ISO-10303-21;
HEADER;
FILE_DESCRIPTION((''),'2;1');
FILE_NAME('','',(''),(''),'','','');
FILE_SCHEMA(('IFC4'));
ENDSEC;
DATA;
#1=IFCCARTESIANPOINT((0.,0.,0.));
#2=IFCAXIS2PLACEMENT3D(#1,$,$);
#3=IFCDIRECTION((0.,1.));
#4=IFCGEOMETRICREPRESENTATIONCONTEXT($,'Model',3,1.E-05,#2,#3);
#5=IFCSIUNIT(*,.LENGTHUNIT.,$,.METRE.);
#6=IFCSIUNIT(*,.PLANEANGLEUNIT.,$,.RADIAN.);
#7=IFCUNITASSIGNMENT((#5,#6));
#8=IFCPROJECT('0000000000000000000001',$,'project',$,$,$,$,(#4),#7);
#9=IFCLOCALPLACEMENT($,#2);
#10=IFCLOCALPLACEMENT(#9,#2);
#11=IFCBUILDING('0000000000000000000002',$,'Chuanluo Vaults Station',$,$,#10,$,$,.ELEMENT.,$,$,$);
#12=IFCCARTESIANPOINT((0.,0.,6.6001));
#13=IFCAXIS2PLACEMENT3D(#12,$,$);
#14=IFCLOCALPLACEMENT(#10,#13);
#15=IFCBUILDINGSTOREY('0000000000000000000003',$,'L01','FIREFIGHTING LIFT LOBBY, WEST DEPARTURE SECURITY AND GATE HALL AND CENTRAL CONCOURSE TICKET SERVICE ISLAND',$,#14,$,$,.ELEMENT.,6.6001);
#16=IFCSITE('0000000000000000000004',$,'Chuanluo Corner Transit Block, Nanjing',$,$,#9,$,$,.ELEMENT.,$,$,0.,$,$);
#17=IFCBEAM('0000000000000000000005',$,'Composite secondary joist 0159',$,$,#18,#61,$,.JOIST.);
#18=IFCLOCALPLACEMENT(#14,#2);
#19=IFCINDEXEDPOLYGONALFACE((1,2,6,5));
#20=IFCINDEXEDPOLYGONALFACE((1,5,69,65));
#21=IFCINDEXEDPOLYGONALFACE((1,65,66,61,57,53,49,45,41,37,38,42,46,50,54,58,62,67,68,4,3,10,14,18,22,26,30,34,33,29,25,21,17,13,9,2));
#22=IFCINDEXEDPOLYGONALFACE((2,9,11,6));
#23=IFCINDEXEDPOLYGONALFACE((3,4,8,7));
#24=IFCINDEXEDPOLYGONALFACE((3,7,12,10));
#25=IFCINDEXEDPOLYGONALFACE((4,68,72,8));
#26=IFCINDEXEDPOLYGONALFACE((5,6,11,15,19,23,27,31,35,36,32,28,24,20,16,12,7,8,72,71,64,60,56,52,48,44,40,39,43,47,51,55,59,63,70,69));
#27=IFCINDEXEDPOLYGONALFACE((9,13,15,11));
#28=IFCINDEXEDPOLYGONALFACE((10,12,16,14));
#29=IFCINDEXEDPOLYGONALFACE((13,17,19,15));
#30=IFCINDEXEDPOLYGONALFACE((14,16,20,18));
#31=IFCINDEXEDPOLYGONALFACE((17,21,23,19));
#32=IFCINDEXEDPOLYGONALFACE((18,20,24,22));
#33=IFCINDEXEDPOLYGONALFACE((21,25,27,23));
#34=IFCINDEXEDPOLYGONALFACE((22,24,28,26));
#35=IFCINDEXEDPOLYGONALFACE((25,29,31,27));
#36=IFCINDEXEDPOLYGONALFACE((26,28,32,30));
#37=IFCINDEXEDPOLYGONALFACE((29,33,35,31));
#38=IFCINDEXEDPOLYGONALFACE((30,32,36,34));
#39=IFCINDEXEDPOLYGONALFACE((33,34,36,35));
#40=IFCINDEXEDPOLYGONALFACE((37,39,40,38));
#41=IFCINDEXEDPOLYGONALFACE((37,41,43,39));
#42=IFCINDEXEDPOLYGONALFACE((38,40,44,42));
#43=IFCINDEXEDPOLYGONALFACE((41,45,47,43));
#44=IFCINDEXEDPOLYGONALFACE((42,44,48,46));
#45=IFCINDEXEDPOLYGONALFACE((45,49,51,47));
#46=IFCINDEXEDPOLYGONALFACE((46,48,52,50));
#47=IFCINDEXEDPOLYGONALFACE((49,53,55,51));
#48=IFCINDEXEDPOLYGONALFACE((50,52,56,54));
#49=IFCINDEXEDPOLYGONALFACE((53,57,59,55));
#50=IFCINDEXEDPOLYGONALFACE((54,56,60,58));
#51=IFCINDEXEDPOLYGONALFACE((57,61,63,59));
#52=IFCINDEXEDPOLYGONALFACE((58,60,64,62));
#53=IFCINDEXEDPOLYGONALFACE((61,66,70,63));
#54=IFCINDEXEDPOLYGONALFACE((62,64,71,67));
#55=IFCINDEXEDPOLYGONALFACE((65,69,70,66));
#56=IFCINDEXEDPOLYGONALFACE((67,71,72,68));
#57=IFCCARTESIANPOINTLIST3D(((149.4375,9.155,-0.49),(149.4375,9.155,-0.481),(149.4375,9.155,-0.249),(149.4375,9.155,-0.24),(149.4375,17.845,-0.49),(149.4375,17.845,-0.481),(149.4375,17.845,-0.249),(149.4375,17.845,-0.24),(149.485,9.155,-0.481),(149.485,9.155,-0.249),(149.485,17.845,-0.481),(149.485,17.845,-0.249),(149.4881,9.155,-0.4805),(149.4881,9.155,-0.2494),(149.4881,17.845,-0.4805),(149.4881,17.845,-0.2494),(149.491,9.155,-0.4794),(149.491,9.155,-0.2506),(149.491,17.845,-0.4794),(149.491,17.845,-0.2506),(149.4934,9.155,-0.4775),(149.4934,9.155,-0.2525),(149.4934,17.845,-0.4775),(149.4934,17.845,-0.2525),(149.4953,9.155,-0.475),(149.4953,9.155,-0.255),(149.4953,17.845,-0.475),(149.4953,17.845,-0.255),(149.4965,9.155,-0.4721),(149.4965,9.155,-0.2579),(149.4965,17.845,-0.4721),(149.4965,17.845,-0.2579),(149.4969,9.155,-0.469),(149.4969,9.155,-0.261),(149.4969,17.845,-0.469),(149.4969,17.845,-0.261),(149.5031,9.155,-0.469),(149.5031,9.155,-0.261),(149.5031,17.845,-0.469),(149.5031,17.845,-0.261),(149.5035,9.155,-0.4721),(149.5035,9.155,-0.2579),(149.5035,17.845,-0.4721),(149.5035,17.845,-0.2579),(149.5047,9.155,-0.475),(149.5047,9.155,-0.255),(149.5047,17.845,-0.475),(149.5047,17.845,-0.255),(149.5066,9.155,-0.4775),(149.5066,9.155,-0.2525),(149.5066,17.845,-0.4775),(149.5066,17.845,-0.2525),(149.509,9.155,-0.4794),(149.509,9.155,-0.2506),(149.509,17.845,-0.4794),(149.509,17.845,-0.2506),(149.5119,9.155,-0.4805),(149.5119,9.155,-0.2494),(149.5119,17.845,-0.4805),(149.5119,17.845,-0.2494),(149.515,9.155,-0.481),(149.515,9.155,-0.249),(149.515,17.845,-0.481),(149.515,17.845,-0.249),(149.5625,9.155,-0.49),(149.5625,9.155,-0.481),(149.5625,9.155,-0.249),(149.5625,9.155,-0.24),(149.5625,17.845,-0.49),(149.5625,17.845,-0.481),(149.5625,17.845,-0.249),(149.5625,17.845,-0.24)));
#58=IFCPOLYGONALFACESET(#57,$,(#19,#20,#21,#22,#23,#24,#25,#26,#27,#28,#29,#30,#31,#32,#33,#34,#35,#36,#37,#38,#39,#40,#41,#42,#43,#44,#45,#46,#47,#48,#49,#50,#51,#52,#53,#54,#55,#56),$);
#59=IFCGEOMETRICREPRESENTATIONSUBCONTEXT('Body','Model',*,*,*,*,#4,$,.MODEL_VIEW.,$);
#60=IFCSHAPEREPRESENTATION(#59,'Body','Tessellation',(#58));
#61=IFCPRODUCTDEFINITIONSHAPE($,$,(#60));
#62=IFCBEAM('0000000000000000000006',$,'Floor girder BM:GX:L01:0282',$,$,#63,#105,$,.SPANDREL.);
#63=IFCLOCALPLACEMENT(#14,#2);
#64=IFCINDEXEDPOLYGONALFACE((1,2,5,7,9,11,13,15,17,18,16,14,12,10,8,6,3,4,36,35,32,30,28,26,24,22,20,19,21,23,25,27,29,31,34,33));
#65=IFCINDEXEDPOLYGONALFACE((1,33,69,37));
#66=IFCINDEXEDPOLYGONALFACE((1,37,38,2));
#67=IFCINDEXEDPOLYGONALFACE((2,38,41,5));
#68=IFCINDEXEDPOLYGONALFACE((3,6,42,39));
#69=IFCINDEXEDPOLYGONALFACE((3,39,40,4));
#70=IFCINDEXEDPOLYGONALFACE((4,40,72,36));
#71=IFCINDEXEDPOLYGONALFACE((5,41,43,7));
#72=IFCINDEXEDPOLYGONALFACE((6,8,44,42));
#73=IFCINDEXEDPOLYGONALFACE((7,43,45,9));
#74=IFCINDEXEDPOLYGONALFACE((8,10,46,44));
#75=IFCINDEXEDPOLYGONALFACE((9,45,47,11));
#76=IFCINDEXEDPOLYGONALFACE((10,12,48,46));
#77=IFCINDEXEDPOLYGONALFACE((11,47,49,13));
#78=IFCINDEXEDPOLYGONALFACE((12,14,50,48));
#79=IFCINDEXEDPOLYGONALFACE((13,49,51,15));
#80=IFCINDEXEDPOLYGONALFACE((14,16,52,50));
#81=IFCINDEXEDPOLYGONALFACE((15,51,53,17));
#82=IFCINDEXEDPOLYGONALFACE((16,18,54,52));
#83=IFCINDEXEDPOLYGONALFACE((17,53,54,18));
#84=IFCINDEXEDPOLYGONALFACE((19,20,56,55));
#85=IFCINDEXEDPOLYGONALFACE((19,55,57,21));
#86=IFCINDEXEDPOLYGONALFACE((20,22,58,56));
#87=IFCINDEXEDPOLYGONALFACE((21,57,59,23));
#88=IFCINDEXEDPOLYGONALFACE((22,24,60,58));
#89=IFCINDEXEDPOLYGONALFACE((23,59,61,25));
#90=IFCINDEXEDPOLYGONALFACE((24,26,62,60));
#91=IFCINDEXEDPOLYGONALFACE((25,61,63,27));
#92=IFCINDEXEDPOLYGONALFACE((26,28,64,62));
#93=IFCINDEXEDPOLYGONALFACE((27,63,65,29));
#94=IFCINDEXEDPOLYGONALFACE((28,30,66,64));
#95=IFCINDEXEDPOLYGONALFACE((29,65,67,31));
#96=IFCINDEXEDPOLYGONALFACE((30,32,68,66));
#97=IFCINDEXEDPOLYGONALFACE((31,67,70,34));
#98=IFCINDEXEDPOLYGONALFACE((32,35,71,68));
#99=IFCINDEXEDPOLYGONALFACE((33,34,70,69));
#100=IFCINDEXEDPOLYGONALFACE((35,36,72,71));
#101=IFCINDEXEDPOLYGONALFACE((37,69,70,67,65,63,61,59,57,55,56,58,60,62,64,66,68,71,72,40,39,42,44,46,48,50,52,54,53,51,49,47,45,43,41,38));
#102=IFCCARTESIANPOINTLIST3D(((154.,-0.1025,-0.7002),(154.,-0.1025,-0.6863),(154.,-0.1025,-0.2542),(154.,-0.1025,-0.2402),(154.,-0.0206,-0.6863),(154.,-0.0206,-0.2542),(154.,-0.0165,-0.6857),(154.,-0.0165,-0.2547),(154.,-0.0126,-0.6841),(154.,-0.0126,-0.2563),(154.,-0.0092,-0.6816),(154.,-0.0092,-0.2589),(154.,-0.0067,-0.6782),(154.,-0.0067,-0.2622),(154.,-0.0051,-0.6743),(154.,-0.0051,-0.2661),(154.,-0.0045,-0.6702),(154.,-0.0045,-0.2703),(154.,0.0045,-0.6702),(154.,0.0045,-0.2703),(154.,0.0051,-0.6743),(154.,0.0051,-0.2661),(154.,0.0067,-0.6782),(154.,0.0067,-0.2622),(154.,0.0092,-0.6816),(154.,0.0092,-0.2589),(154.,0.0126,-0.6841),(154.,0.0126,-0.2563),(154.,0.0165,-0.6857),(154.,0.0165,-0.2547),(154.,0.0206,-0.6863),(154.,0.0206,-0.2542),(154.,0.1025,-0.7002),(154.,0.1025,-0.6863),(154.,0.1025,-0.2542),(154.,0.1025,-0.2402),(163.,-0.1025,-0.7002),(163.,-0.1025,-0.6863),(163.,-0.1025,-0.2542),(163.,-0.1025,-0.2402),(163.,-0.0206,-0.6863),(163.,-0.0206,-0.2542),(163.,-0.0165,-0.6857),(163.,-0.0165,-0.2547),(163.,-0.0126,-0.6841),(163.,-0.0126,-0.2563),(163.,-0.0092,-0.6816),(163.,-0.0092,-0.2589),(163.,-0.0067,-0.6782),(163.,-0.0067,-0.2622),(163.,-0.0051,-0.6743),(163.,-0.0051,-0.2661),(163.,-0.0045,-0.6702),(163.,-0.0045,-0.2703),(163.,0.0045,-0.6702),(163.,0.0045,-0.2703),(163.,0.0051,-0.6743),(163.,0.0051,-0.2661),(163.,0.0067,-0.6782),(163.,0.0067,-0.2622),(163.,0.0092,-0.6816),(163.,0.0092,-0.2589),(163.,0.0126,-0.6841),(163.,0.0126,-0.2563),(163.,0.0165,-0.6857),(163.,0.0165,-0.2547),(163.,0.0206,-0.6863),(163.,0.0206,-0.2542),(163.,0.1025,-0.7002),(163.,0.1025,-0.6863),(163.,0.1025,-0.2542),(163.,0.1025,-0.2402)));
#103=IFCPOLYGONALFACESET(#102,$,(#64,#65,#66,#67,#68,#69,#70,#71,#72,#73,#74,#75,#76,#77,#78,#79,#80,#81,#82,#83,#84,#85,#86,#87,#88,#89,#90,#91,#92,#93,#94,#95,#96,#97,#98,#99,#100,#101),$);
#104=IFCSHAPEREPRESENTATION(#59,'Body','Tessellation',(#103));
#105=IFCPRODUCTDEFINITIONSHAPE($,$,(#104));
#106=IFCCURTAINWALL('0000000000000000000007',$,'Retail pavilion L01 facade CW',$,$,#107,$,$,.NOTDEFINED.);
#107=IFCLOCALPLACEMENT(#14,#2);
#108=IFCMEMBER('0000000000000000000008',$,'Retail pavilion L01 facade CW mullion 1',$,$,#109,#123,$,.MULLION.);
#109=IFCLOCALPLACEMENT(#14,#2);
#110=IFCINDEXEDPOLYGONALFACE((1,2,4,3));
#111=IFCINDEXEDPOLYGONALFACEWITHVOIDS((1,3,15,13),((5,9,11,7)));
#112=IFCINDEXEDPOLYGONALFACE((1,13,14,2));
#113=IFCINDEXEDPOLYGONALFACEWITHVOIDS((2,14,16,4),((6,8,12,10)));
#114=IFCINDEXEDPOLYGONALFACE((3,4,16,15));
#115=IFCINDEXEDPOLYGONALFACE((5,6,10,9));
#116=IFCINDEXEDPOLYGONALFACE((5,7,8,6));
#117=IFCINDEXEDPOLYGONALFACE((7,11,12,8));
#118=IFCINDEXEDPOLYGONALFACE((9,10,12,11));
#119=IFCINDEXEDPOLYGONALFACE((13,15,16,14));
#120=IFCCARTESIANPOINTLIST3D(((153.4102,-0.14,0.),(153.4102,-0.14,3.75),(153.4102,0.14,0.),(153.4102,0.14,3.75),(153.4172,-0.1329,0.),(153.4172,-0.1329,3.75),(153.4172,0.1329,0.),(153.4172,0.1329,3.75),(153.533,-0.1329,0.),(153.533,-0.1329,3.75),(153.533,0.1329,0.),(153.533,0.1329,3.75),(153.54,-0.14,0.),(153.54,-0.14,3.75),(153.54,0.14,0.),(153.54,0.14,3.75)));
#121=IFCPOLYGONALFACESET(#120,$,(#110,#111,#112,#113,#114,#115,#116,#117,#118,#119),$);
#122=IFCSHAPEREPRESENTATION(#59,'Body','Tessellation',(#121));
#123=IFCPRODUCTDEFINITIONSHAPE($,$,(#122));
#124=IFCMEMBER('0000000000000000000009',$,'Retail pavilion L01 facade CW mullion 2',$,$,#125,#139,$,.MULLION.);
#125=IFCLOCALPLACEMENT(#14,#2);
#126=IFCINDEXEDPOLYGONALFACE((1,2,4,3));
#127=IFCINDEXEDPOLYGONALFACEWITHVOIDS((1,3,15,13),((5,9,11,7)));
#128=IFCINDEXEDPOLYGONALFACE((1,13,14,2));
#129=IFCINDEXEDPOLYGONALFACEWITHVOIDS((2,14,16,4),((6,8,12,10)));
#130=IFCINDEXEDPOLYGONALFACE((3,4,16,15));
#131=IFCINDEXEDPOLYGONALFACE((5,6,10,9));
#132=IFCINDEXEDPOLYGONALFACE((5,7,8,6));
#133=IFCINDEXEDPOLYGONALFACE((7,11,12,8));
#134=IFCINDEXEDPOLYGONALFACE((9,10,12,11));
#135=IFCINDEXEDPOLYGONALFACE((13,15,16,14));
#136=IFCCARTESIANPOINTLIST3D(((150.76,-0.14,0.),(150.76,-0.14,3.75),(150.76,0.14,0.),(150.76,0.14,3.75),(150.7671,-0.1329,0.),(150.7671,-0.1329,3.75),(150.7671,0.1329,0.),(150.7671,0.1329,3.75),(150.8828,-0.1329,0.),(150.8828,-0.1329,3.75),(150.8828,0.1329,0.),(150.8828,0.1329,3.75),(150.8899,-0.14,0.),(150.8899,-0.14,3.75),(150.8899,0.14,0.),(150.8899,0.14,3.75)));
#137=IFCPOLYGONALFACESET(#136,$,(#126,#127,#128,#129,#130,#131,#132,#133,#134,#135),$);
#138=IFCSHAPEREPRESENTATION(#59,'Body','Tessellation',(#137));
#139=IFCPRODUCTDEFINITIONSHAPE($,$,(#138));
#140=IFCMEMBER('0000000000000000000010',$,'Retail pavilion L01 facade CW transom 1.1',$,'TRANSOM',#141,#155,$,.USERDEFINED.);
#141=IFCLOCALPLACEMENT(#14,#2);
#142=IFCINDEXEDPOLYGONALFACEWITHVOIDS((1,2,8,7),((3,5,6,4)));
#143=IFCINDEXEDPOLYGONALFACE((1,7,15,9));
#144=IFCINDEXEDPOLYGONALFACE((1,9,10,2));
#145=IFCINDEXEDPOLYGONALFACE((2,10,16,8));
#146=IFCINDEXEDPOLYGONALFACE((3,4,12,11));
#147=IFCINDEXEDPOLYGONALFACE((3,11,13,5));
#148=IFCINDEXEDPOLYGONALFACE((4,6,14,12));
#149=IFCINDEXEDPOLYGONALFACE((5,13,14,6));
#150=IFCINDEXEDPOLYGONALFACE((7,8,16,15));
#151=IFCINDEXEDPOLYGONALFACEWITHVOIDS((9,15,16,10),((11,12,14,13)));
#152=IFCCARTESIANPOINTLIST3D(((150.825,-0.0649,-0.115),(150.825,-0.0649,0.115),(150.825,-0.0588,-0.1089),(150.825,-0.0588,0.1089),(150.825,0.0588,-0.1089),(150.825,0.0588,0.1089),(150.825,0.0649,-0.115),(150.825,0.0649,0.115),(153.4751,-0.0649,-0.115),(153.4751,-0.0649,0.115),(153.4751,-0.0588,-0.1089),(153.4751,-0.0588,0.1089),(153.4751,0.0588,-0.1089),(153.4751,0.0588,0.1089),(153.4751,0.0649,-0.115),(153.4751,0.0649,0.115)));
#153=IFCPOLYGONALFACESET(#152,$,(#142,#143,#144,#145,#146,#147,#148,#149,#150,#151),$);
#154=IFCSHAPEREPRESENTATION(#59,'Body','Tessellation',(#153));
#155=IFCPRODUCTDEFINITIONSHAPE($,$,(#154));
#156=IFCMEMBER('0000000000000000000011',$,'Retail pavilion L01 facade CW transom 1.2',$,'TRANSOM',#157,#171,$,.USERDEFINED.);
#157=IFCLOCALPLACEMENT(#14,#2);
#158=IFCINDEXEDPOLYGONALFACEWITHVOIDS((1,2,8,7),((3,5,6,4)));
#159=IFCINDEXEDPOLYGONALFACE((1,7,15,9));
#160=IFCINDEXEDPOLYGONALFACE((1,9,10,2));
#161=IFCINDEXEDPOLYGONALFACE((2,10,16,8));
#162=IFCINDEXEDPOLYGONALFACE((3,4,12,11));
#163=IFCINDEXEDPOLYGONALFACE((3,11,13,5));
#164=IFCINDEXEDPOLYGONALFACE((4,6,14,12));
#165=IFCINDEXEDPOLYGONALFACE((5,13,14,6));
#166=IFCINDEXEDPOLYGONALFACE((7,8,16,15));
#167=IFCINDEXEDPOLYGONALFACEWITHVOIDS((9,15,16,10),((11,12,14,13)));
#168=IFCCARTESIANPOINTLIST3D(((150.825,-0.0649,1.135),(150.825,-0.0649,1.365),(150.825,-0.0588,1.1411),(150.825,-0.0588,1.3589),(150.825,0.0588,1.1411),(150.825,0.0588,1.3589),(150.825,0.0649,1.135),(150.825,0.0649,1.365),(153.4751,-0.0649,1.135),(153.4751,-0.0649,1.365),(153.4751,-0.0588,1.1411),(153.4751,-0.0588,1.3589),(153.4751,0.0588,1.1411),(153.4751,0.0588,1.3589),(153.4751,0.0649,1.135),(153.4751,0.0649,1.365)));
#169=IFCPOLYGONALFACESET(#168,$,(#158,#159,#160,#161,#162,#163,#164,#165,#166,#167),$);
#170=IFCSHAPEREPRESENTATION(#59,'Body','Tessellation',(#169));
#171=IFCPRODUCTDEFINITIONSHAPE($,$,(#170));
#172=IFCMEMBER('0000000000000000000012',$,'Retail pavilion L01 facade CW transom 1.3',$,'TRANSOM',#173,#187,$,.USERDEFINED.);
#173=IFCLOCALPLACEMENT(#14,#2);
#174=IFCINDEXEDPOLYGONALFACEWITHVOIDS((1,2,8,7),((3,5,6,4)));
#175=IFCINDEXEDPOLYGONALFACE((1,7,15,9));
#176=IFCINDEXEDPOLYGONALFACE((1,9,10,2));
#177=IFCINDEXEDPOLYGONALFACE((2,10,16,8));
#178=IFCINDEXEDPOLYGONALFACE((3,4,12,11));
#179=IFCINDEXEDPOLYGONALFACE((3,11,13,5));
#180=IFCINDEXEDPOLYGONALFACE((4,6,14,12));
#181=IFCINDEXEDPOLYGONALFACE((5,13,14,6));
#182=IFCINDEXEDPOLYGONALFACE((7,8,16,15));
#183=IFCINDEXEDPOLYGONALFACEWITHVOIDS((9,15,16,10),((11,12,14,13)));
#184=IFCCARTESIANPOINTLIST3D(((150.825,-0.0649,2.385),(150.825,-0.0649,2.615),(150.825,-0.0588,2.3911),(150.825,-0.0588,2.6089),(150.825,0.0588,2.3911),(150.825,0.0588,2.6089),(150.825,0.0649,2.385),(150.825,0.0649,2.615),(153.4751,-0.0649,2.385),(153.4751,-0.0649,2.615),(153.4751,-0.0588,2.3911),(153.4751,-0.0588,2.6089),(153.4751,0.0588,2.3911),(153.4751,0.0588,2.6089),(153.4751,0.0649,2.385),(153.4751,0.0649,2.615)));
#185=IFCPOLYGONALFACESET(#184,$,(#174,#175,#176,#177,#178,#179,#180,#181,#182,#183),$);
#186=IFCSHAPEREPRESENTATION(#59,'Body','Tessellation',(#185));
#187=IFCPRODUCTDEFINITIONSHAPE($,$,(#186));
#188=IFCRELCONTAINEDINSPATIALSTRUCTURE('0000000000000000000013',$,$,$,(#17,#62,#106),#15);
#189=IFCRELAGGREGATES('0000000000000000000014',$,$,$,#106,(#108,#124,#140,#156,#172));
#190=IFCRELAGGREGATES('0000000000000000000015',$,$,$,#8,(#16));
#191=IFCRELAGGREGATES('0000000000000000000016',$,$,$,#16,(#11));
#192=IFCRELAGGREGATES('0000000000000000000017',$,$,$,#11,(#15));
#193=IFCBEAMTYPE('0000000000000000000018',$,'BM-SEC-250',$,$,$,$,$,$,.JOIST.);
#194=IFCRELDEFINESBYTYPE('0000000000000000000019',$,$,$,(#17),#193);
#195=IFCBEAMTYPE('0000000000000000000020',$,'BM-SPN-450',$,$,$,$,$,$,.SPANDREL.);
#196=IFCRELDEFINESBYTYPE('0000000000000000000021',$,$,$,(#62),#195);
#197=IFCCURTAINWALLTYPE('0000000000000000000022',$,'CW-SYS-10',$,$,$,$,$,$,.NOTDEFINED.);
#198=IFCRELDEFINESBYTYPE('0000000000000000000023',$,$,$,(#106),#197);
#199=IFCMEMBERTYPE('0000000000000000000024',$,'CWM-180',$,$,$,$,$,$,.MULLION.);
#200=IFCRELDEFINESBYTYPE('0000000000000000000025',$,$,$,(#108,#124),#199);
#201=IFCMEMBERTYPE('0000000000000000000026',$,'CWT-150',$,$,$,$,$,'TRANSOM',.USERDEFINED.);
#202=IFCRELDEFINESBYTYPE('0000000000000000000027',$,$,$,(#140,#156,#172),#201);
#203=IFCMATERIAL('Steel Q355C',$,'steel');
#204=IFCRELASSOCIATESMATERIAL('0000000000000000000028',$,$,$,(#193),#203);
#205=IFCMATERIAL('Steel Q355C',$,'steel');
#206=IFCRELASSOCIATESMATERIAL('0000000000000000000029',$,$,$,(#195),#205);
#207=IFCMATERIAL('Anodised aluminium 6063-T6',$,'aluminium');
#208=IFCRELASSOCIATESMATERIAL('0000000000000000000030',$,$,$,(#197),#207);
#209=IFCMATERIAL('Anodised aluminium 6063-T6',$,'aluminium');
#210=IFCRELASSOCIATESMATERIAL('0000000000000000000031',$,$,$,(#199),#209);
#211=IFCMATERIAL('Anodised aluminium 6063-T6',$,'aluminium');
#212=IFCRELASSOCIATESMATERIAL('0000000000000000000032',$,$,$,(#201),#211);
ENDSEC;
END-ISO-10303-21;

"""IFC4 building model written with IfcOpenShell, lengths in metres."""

from ifc_helpers import new_model, si_unit, direction, frame, origin, origin_2d, place, context, subcontext, project, spatial, hollow_rectangle, i_section, extrude, material, material_profile, profile_set, type_object, element, aggregate, save


model = new_model("IFC4")

# Units and contexts
model_context = context("Model", 3, precision=1e-05, world=origin(), true_north=direction((0.0, 1.0)))
body_context = subcontext(model_context, "Body", "Model", "MODEL_VIEW")
ifc_project = project(units=[si_unit("LENGTHUNIT", "METRE"), si_unit("PLANEANGLEUNIT", "RADIAN")], contexts=[model_context])

# Site, building, storey
site_placement = place(None, origin())
site = spatial("IfcSite", under=ifc_project, at=site_placement, Name="Chuanluo Corner Transit Block, Nanjing", CompositionType="ELEMENT", RefElevation=0.0)
building_placement = place(site_placement, origin())
building = spatial("IfcBuilding", under=site, at=building_placement, Name="Chuanluo Vaults Station", CompositionType="ELEMENT")
storey_placement = place(building_placement, frame((0.0, 0.0, 6.6001)))
storey = spatial("IfcBuildingStorey", under=building, at=storey_placement, Name="L01", Description="FIREFIGHTING LIFT LOBBY, WEST DEPARTURE SECURITY AND GATE HALL AND CENTRAL CONCOURSE TICKET SERVICE ISLAND", CompositionType="ELEMENT", Elevation=6.6001)

# Beams
ifc_material_1 = material(Name="Steel Q355C", Category="steel")
ifc_material_profile_1 = material_profile(ifc_material_1, i_section(OverallWidth=0.125, OverallDepth=0.25, WebThickness=0.0061, FlangeThickness=0.009, FilletRadius=0.012, at=origin_2d()))
ifc_profile_set_1 = profile_set([ifc_material_profile_1], Name="Steel Q355C")
beam_type_1 = type_object("IfcBeamType", Name="BM-SEC-250", PredefinedType="JOIST", material=ifc_profile_set_1)
beam_1_placement = place(storey_placement, frame((149.5, 9.155, -0.365), z_axis=(0.0, 1.0, 0.0), x_axis=(-1.0, 0.0, 0.0)))
element("IfcBeam", 1, at=beam_1_placement, inside=storey, type_object=beam_type_1, Name="Composite secondary joist 0159", PredefinedType="JOIST", context=body_context, shape_type="SweptSolid", body=[
    extrude(i_section(OverallWidth=0.125, OverallDepth=0.25, WebThickness=0.0061, FlangeThickness=0.009, FilletRadius=0.012, at=origin_2d()), origin(), (0.0, 0.0, 1.0), 8.6899),
])
ifc_material_2 = material(Name="Steel Q355C", Category="steel")
ifc_material_profile_2 = material_profile(ifc_material_2, i_section(OverallWidth=0.2051, OverallDepth=0.46, WebThickness=0.009, FlangeThickness=0.0139, FilletRadius=0.0161, at=origin_2d()))
ifc_profile_set_2 = profile_set([ifc_material_profile_2], Name="Steel Q355C")
beam_type_2 = type_object("IfcBeamType", Name="BM-SPN-450", PredefinedType="SPANDREL", material=ifc_profile_set_2)
beam_2_placement = place(storey_placement, frame((154.0, 0.0, -0.4702), z_axis=(1.0, 0.0, 0.0), x_axis=(0.0, 1.0, 0.0)))
element("IfcBeam", 2, at=beam_2_placement, inside=storey, type_object=beam_type_2, Name="Floor girder BM:GX:L01:0282", PredefinedType="SPANDREL", context=body_context, shape_type="SweptSolid", body=[
    extrude(i_section(OverallWidth=0.2051, OverallDepth=0.46, WebThickness=0.009, FlangeThickness=0.0139, FilletRadius=0.0161, at=origin_2d()), origin(), (0.0, 0.0, 1.0), 9.0),
])

# Curtain wall, members
ifc_material_3 = material(Name="Anodised aluminium 6063-T6", Category="aluminium")
curtain_wall_type = type_object("IfcCurtainWallType", Name="CW-SYS-10", PredefinedType="NOTDEFINED", material=ifc_material_3)
curtain_wall_placement = place(storey_placement, origin())
curtain_wall = element("IfcCurtainWall", 3, at=curtain_wall_placement, inside=storey, type_object=curtain_wall_type, Name="Retail pavilion L01 facade CW", PredefinedType="NOTDEFINED")
ifc_material_4 = material(Name="Anodised aluminium 6063-T6", Category="aluminium")
ifc_material_profile_3 = material_profile(ifc_material_4, hollow_rectangle(XDim=0.1299, YDim=0.28, WallThickness=0.0071, at=origin_2d()))
ifc_profile_set_3 = profile_set([ifc_material_profile_3], Name="Anodised aluminium 6063-T6")
member_type_1 = type_object("IfcMemberType", Name="CWM-180", PredefinedType="MULLION", material=ifc_profile_set_3)
member_1_placement = place(storey_placement, frame((153.4751, 0.0, 0.0), z_axis=(0.0, 0.0, 1.0), x_axis=(-1.0, 0.0, 0.0)))
member_1 = element("IfcMember", 4, at=member_1_placement, type_object=member_type_1, Name="Retail pavilion L01 facade CW mullion 1", PredefinedType="MULLION", context=body_context, shape_type="SweptSolid", body=[
    extrude(hollow_rectangle(XDim=0.1299, YDim=0.28, WallThickness=0.0071, at=origin_2d()), origin(), (0.0, 0.0, 1.0), 3.75),
])
member_2_placement = place(storey_placement, frame((150.825, 0.0, 0.0), z_axis=(0.0, 0.0, 1.0), x_axis=(-1.0, 0.0, 0.0)))
member_2 = element("IfcMember", 5, at=member_2_placement, type_object=member_type_1, Name="Retail pavilion L01 facade CW mullion 2", PredefinedType="MULLION", context=body_context, shape_type="SweptSolid", body=[
    extrude(hollow_rectangle(XDim=0.1299, YDim=0.28, WallThickness=0.0071, at=origin_2d()), origin(), (0.0, 0.0, 1.0), 3.75),
])
ifc_material_5 = material(Name="Anodised aluminium 6063-T6", Category="aluminium")
ifc_material_profile_4 = material_profile(ifc_material_5, hollow_rectangle(XDim=0.1299, YDim=0.23, WallThickness=0.0061, at=origin_2d()))
ifc_profile_set_4 = profile_set([ifc_material_profile_4], Name="Anodised aluminium 6063-T6")
member_type_2 = type_object("IfcMemberType", Name="CWT-150", ElementType="TRANSOM", PredefinedType="USERDEFINED", material=ifc_profile_set_4)
member_3_placement = place(storey_placement, frame((153.4751, 0.0, 0.0), z_axis=(-1.0, 0.0, 0.0), x_axis=(0.0, -1.0, 0.0)))
member_3 = element("IfcMember", 6, at=member_3_placement, type_object=member_type_2, Name="Retail pavilion L01 facade CW transom 1.1", ObjectType="TRANSOM", PredefinedType="USERDEFINED", context=body_context, shape_type="SweptSolid", body=[
    extrude(hollow_rectangle(XDim=0.1299, YDim=0.23, WallThickness=0.0061, at=origin_2d()), origin(), (0.0, 0.0, 1.0), 2.6501),
])
member_4_placement = place(storey_placement, frame((153.4751, 0.0, 1.25), z_axis=(-1.0, 0.0, 0.0), x_axis=(0.0, -1.0, 0.0)))
member_4 = element("IfcMember", 7, at=member_4_placement, type_object=member_type_2, Name="Retail pavilion L01 facade CW transom 1.2", ObjectType="TRANSOM", PredefinedType="USERDEFINED", context=body_context, shape_type="SweptSolid", body=[
    extrude(hollow_rectangle(XDim=0.1299, YDim=0.23, WallThickness=0.0061, at=origin_2d()), origin(), (0.0, 0.0, 1.0), 2.6501),
])
member_5_placement = place(storey_placement, frame((153.4751, 0.0, 2.5), z_axis=(-1.0, 0.0, 0.0), x_axis=(0.0, -1.0, 0.0)))
member_5 = element("IfcMember", 8, at=member_5_placement, type_object=member_type_2, Name="Retail pavilion L01 facade CW transom 1.3", ObjectType="TRANSOM", PredefinedType="USERDEFINED", context=body_context, shape_type="SweptSolid", body=[
    extrude(hollow_rectangle(XDim=0.1299, YDim=0.23, WallThickness=0.0061, at=origin_2d()), origin(), (0.0, 0.0, 1.0), 2.6501),
])
aggregate(curtain_wall, [member_1, member_2, member_3, member_4, member_5])

save(model, "model.ifc")
